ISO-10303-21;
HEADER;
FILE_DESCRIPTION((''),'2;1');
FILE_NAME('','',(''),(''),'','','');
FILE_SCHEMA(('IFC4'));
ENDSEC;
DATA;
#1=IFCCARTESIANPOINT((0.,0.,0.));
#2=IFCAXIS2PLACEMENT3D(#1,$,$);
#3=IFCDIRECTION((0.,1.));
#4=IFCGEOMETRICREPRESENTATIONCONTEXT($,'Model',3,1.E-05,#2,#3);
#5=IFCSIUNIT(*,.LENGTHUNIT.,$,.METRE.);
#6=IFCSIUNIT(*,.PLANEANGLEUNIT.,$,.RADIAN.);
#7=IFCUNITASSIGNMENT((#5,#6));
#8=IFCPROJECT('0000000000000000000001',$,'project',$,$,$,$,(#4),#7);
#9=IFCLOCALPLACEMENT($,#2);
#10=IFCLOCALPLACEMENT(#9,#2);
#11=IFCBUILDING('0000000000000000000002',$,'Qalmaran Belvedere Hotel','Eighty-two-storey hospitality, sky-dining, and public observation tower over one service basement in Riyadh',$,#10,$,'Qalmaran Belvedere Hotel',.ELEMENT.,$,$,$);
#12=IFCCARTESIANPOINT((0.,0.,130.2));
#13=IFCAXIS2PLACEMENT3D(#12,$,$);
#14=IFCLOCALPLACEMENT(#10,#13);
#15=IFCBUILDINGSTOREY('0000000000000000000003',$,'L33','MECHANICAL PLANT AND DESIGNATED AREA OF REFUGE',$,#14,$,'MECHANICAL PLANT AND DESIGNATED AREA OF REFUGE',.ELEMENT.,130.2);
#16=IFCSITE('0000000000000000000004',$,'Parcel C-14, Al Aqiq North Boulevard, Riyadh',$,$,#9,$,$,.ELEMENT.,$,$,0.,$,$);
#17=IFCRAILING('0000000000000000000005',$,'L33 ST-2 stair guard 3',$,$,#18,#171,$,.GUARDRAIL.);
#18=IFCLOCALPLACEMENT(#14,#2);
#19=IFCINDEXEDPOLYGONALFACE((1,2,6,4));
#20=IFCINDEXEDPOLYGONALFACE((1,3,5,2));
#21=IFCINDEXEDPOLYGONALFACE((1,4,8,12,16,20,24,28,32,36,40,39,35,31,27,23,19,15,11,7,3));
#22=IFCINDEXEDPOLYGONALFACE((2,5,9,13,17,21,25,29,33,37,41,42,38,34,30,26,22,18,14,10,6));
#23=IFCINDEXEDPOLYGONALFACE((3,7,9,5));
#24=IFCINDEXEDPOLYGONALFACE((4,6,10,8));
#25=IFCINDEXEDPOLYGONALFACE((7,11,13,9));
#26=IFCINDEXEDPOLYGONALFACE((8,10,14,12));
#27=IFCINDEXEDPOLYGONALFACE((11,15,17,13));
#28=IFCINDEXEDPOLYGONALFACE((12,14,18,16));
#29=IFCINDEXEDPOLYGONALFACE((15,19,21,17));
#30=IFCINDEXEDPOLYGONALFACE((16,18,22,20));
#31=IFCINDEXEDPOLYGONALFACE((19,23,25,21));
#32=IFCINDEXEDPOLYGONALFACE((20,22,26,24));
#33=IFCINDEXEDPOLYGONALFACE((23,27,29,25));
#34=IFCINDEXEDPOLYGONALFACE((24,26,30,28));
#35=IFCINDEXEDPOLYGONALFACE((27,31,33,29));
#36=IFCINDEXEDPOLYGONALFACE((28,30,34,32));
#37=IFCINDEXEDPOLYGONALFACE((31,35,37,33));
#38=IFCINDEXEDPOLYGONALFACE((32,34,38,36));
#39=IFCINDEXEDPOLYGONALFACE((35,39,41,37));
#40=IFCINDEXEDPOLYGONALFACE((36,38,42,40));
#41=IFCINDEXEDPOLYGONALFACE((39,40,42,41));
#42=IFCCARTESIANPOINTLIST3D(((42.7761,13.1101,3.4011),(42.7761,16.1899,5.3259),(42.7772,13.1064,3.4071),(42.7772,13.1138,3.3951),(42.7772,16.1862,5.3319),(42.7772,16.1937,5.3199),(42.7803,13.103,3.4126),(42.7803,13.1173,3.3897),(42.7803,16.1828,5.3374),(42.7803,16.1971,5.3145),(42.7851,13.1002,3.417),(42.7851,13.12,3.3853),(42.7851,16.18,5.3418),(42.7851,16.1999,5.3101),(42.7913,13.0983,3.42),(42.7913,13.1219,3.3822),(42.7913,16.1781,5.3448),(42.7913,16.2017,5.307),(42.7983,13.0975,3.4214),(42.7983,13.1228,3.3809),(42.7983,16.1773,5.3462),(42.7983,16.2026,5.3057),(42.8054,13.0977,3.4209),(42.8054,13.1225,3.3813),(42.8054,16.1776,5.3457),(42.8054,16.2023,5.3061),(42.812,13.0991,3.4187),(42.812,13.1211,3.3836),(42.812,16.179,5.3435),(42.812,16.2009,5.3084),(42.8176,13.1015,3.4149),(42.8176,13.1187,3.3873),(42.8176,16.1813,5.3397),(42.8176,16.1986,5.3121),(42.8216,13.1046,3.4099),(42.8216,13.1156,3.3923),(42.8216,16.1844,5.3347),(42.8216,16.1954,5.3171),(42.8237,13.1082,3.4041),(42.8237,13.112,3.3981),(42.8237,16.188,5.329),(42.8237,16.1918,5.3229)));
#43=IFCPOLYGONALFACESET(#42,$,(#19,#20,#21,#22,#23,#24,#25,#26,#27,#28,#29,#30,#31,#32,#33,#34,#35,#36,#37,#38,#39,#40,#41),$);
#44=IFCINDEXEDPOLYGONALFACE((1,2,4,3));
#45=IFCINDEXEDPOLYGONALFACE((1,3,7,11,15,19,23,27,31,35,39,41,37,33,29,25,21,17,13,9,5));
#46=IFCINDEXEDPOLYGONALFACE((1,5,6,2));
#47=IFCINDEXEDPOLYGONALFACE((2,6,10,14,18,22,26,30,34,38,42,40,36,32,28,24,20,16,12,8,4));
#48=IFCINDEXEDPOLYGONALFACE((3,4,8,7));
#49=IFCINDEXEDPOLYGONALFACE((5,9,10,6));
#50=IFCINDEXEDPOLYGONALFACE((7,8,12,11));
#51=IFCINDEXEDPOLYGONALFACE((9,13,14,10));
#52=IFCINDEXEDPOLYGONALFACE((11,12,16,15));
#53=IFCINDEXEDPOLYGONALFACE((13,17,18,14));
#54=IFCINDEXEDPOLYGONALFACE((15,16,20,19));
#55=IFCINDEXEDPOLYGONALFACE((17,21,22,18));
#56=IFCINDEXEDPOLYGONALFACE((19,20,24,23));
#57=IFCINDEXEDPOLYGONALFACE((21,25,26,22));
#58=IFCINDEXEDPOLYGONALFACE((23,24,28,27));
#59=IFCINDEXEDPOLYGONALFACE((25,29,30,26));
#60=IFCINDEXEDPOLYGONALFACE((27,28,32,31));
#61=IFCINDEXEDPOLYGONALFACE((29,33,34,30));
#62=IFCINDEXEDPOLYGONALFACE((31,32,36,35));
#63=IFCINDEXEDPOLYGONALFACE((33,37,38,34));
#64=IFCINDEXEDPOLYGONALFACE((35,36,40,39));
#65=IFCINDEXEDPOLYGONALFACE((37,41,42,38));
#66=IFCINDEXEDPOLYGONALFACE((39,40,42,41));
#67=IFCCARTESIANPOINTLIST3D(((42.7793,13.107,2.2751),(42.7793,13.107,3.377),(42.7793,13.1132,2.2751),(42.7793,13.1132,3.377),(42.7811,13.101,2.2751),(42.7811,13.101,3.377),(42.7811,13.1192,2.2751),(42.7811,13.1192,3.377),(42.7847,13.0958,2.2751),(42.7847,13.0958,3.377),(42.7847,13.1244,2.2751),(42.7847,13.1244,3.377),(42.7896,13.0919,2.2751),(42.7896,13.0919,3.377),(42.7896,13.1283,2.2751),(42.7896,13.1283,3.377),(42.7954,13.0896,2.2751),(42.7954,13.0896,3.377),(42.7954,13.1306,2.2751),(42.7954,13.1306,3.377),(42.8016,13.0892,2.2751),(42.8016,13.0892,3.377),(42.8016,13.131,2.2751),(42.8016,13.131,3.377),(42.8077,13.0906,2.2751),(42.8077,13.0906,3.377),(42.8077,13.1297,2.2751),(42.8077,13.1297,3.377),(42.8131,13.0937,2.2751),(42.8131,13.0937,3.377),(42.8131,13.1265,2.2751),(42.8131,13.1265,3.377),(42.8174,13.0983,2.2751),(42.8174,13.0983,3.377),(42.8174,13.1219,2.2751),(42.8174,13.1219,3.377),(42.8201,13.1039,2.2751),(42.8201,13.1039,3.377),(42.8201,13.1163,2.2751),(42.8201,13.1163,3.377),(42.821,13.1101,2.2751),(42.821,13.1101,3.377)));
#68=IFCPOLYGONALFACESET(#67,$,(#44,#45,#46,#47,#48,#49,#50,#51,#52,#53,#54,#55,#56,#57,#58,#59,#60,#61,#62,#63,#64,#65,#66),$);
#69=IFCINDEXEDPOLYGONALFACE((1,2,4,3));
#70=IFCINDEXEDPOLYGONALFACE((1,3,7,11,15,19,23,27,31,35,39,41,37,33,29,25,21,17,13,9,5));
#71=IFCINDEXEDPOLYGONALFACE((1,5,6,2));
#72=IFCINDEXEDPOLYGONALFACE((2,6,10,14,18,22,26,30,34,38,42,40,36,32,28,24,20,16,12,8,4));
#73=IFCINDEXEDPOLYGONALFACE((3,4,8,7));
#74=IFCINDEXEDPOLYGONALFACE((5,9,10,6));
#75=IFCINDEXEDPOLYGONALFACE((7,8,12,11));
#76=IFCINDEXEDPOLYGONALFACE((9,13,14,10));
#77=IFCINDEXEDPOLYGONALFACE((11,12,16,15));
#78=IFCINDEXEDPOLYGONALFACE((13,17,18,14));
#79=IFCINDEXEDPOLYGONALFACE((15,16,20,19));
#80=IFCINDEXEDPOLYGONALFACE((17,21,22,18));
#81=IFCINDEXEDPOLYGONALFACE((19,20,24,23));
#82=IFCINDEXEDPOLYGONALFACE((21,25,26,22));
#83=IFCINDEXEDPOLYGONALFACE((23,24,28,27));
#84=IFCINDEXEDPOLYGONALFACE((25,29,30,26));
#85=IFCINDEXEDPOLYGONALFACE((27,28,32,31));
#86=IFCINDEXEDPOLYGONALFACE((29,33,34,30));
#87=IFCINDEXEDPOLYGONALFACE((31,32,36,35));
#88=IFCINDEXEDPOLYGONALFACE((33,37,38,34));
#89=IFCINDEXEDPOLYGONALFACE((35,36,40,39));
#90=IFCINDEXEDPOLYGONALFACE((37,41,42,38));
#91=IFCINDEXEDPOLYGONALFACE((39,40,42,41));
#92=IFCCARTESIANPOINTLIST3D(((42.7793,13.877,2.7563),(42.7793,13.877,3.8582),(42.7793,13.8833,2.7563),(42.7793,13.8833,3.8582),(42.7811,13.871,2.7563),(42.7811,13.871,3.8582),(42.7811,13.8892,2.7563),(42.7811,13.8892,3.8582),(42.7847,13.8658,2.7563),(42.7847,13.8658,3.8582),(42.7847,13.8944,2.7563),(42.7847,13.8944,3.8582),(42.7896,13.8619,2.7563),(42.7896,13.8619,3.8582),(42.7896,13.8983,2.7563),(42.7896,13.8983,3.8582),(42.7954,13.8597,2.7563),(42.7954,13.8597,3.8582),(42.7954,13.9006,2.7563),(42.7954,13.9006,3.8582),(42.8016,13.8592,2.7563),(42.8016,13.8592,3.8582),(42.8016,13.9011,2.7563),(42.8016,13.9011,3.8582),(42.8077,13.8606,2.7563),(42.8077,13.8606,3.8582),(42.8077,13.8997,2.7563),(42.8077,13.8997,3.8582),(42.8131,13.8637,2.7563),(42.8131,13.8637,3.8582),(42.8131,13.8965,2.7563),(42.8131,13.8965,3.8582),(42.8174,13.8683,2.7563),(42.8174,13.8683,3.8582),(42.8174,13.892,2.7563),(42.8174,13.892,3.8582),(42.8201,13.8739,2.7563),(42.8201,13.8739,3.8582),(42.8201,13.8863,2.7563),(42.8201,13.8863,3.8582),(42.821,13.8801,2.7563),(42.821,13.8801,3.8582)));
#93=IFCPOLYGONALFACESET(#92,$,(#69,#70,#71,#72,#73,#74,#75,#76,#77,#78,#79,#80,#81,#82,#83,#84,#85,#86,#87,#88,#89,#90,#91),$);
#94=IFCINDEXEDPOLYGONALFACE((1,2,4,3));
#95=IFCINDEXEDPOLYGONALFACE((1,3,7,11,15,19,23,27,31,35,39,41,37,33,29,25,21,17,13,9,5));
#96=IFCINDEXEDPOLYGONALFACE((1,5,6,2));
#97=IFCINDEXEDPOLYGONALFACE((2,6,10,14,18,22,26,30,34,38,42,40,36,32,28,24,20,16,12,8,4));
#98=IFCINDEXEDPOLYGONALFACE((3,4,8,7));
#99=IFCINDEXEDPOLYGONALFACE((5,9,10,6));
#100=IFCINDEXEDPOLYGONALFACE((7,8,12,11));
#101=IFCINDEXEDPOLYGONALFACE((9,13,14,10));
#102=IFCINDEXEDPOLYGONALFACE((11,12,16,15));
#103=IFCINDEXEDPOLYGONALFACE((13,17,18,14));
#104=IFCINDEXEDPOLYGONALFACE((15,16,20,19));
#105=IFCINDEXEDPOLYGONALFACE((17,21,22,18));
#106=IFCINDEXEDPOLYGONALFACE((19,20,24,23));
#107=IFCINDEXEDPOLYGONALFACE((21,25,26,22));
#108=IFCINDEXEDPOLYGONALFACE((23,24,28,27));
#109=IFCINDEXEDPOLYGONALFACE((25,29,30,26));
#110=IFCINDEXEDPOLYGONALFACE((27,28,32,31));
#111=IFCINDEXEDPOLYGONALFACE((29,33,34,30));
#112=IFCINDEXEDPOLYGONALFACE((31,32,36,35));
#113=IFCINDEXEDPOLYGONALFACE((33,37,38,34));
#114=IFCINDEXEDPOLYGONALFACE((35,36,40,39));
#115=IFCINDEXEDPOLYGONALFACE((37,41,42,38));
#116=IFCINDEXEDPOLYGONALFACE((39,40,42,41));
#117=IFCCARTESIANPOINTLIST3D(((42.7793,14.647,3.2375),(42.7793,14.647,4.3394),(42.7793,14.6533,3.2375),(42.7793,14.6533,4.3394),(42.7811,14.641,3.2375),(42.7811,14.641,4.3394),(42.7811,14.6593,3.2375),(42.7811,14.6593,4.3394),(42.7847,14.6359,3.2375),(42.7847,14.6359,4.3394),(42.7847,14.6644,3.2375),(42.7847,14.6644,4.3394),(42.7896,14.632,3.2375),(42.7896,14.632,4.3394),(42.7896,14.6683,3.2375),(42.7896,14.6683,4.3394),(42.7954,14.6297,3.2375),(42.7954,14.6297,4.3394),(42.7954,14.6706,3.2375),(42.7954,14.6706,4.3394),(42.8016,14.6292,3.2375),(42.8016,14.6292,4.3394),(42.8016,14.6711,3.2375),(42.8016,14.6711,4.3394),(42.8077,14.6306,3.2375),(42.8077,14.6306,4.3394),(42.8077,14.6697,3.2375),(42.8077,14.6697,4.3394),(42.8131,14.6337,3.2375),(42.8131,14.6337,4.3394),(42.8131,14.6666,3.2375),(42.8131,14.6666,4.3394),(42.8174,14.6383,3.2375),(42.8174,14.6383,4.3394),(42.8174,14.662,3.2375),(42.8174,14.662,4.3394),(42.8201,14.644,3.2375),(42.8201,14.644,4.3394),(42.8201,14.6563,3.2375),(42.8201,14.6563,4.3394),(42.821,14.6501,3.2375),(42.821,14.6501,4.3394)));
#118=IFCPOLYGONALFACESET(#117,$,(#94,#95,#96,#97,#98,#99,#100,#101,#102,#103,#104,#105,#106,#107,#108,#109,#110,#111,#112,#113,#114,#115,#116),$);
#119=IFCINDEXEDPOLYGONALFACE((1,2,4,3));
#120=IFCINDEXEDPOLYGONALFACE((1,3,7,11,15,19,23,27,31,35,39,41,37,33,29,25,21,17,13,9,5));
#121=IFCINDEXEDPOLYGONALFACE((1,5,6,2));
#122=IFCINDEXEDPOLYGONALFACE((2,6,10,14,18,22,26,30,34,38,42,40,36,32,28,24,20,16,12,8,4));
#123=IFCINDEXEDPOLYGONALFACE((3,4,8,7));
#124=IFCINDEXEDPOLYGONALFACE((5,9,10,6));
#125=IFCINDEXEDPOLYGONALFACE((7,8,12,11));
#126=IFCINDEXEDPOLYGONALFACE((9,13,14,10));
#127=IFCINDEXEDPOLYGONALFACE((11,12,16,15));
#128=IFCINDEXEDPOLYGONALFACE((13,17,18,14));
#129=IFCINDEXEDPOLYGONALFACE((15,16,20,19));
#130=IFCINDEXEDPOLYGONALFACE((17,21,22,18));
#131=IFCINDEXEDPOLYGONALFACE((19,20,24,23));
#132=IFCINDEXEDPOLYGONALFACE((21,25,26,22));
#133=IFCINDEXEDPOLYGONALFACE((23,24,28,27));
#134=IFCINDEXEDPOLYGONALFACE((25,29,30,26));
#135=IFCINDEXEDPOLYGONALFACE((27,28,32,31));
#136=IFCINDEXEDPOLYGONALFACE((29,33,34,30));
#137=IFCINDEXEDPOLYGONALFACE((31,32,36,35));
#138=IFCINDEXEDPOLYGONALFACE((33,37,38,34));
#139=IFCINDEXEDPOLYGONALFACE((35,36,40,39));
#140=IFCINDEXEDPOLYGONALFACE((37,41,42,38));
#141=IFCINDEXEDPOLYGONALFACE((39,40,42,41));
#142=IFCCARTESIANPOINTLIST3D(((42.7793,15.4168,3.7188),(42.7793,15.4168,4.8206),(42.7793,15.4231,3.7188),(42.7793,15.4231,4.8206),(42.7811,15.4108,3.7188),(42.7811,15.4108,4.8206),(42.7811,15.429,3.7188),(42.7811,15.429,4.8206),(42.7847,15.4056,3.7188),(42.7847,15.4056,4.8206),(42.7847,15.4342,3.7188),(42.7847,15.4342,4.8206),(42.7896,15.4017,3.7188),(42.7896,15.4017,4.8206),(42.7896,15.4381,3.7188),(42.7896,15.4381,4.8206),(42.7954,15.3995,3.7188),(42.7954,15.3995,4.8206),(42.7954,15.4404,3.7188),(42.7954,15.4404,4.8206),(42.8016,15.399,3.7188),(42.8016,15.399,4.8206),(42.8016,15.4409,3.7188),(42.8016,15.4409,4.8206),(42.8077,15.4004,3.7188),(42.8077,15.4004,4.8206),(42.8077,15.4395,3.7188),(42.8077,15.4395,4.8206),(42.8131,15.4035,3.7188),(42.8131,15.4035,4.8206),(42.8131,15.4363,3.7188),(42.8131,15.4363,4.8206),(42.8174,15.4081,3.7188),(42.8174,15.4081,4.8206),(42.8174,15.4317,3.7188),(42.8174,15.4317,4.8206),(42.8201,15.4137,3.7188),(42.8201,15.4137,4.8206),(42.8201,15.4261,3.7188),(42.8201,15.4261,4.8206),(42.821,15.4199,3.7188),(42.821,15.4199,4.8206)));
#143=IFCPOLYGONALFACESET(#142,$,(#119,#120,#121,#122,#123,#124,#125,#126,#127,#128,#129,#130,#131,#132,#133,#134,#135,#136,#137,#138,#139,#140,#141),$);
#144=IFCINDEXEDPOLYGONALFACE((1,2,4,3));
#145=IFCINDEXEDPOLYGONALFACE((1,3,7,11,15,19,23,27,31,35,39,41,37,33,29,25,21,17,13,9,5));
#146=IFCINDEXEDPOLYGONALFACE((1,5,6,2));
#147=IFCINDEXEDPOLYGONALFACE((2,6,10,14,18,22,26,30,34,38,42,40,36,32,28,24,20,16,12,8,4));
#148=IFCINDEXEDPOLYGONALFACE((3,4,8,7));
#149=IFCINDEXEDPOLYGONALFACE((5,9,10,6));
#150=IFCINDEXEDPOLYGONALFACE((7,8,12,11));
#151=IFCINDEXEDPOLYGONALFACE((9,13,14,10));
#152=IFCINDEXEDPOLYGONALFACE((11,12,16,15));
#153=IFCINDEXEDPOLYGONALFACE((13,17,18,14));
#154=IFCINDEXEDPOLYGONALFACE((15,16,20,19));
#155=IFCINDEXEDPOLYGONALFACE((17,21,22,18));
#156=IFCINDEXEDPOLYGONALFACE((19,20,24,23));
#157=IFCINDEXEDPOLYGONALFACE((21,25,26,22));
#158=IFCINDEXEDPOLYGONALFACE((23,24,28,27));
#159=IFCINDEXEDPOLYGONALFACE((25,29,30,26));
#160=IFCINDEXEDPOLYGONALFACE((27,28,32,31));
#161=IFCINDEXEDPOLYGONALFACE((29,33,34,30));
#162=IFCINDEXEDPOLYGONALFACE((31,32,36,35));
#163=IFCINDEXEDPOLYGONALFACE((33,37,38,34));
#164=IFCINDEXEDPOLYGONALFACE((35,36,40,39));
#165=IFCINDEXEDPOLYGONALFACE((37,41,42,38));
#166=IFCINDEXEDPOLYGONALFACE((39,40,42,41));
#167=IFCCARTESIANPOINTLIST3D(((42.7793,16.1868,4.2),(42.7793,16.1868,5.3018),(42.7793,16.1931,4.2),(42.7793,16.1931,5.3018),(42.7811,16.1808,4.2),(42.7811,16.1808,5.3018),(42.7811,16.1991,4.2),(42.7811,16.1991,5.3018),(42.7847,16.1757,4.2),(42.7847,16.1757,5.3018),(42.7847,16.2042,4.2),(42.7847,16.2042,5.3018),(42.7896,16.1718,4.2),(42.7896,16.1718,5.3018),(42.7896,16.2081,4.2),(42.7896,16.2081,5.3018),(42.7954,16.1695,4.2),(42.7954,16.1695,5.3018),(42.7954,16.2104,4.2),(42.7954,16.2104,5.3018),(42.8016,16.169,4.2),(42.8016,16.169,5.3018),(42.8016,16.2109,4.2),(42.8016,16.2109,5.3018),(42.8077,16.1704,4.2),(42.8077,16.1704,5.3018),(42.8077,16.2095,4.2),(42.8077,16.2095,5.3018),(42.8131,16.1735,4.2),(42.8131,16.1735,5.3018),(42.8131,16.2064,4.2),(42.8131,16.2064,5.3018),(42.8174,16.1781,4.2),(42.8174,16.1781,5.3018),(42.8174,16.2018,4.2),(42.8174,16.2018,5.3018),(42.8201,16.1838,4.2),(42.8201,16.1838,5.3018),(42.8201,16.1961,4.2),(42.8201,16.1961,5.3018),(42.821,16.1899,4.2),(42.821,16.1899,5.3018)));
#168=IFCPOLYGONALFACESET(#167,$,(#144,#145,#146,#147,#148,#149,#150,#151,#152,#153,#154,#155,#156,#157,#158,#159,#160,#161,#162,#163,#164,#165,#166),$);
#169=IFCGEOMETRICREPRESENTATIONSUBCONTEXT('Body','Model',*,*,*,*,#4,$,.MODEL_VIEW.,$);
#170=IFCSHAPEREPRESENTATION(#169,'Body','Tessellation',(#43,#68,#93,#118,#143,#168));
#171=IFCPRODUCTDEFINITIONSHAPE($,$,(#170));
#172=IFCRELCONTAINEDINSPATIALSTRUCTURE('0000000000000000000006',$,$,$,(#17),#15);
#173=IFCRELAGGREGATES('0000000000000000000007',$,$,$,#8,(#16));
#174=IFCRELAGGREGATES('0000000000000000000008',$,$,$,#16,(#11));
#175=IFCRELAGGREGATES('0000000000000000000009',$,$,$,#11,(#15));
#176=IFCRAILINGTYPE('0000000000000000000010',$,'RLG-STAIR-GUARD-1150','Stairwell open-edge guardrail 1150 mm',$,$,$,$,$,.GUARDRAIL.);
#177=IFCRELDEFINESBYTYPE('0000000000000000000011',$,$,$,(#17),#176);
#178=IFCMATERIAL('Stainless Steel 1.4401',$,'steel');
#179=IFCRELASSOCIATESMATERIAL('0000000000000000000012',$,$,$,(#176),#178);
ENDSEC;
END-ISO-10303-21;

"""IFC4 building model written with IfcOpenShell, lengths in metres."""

from ifc_helpers import new_model, si_unit, direction, frame, origin, origin_2d, place, context, subcontext, project, spatial, circle, extrude, material, type_object, element, save


model = new_model("IFC4")

# Units and contexts
model_context = context("Model", 3, precision=1e-05, world=origin(), true_north=direction((0.0, 1.0)))
body_context = subcontext(model_context, "Body", "Model", "MODEL_VIEW")
ifc_project = project(units=[si_unit("LENGTHUNIT", "METRE"), si_unit("PLANEANGLEUNIT", "RADIAN")], contexts=[model_context])

# Site, building, storey
site_placement = place(None, origin())
site = spatial("IfcSite", under=ifc_project, at=site_placement, Name="Parcel C-14, Al Aqiq North Boulevard, Riyadh", CompositionType="ELEMENT", RefElevation=0.0)
building_placement = place(site_placement, origin())
building = spatial("IfcBuilding", under=site, at=building_placement, Name="Qalmaran Belvedere Hotel", Description="Eighty-two-storey hospitality, sky-dining, and public observation tower over one service basement in Riyadh", LongName="Qalmaran Belvedere Hotel", CompositionType="ELEMENT")
storey_placement = place(building_placement, frame((0.0, 0.0, 130.2)))
storey = spatial("IfcBuildingStorey", under=building, at=storey_placement, Name="L33", Description="MECHANICAL PLANT AND DESIGNATED AREA OF REFUGE", LongName="MECHANICAL PLANT AND DESIGNATED AREA OF REFUGE", CompositionType="ELEMENT", Elevation=130.2)

# Railing
ifc_material_1 = material(Name="Stainless Steel 1.4401", Category="steel")
railing_type_1 = type_object("IfcRailingType", Name="RLG-STAIR-GUARD-1150", Description="Stairwell open-edge guardrail 1150 mm", PredefinedType="GUARDRAIL", material=ifc_material_1)
railing_1_placement = place(storey_placement, frame((42.8, 13.1101, 2.2751)))
element("IfcRailing", 1, at=railing_1_placement, inside=storey, type_object=railing_type_1, Name="L33 ST-2 stair guard 3", PredefinedType="GUARDRAIL", context=body_context, shape_type="SweptSolid", body=[
    extrude(circle(Radius=0.0239, at=origin_2d()), frame((0.0, 0.0, 1.126), z_axis=(0.0, 0.84801, 0.529981), x_axis=(-1.0, 0.0, 0.0)), (0.0, 0.0, 1.0), 3.6318),
    extrude(circle(Radius=0.021, at=origin_2d()), origin(), (0.0, 0.0, 1.0), 1.1018),
    extrude(circle(Radius=0.021, at=origin_2d()), frame((0.0, 0.77, 0.4812)), (0.0, 0.0, 1.0), 1.1018),
    extrude(circle(Radius=0.021, at=origin_2d()), frame((0.0, 1.54, 0.9624)), (0.0, 0.0, 1.0), 1.1018),
    extrude(circle(Radius=0.021, at=origin_2d()), frame((0.0, 2.3098, 1.4436)), (0.0, 0.0, 1.0), 1.1018),
    extrude(circle(Radius=0.021, at=origin_2d()), frame((0.0, 3.0798, 1.9248)), (0.0, 0.0, 1.0), 1.1018),
])

save(model, "model.ifc")
